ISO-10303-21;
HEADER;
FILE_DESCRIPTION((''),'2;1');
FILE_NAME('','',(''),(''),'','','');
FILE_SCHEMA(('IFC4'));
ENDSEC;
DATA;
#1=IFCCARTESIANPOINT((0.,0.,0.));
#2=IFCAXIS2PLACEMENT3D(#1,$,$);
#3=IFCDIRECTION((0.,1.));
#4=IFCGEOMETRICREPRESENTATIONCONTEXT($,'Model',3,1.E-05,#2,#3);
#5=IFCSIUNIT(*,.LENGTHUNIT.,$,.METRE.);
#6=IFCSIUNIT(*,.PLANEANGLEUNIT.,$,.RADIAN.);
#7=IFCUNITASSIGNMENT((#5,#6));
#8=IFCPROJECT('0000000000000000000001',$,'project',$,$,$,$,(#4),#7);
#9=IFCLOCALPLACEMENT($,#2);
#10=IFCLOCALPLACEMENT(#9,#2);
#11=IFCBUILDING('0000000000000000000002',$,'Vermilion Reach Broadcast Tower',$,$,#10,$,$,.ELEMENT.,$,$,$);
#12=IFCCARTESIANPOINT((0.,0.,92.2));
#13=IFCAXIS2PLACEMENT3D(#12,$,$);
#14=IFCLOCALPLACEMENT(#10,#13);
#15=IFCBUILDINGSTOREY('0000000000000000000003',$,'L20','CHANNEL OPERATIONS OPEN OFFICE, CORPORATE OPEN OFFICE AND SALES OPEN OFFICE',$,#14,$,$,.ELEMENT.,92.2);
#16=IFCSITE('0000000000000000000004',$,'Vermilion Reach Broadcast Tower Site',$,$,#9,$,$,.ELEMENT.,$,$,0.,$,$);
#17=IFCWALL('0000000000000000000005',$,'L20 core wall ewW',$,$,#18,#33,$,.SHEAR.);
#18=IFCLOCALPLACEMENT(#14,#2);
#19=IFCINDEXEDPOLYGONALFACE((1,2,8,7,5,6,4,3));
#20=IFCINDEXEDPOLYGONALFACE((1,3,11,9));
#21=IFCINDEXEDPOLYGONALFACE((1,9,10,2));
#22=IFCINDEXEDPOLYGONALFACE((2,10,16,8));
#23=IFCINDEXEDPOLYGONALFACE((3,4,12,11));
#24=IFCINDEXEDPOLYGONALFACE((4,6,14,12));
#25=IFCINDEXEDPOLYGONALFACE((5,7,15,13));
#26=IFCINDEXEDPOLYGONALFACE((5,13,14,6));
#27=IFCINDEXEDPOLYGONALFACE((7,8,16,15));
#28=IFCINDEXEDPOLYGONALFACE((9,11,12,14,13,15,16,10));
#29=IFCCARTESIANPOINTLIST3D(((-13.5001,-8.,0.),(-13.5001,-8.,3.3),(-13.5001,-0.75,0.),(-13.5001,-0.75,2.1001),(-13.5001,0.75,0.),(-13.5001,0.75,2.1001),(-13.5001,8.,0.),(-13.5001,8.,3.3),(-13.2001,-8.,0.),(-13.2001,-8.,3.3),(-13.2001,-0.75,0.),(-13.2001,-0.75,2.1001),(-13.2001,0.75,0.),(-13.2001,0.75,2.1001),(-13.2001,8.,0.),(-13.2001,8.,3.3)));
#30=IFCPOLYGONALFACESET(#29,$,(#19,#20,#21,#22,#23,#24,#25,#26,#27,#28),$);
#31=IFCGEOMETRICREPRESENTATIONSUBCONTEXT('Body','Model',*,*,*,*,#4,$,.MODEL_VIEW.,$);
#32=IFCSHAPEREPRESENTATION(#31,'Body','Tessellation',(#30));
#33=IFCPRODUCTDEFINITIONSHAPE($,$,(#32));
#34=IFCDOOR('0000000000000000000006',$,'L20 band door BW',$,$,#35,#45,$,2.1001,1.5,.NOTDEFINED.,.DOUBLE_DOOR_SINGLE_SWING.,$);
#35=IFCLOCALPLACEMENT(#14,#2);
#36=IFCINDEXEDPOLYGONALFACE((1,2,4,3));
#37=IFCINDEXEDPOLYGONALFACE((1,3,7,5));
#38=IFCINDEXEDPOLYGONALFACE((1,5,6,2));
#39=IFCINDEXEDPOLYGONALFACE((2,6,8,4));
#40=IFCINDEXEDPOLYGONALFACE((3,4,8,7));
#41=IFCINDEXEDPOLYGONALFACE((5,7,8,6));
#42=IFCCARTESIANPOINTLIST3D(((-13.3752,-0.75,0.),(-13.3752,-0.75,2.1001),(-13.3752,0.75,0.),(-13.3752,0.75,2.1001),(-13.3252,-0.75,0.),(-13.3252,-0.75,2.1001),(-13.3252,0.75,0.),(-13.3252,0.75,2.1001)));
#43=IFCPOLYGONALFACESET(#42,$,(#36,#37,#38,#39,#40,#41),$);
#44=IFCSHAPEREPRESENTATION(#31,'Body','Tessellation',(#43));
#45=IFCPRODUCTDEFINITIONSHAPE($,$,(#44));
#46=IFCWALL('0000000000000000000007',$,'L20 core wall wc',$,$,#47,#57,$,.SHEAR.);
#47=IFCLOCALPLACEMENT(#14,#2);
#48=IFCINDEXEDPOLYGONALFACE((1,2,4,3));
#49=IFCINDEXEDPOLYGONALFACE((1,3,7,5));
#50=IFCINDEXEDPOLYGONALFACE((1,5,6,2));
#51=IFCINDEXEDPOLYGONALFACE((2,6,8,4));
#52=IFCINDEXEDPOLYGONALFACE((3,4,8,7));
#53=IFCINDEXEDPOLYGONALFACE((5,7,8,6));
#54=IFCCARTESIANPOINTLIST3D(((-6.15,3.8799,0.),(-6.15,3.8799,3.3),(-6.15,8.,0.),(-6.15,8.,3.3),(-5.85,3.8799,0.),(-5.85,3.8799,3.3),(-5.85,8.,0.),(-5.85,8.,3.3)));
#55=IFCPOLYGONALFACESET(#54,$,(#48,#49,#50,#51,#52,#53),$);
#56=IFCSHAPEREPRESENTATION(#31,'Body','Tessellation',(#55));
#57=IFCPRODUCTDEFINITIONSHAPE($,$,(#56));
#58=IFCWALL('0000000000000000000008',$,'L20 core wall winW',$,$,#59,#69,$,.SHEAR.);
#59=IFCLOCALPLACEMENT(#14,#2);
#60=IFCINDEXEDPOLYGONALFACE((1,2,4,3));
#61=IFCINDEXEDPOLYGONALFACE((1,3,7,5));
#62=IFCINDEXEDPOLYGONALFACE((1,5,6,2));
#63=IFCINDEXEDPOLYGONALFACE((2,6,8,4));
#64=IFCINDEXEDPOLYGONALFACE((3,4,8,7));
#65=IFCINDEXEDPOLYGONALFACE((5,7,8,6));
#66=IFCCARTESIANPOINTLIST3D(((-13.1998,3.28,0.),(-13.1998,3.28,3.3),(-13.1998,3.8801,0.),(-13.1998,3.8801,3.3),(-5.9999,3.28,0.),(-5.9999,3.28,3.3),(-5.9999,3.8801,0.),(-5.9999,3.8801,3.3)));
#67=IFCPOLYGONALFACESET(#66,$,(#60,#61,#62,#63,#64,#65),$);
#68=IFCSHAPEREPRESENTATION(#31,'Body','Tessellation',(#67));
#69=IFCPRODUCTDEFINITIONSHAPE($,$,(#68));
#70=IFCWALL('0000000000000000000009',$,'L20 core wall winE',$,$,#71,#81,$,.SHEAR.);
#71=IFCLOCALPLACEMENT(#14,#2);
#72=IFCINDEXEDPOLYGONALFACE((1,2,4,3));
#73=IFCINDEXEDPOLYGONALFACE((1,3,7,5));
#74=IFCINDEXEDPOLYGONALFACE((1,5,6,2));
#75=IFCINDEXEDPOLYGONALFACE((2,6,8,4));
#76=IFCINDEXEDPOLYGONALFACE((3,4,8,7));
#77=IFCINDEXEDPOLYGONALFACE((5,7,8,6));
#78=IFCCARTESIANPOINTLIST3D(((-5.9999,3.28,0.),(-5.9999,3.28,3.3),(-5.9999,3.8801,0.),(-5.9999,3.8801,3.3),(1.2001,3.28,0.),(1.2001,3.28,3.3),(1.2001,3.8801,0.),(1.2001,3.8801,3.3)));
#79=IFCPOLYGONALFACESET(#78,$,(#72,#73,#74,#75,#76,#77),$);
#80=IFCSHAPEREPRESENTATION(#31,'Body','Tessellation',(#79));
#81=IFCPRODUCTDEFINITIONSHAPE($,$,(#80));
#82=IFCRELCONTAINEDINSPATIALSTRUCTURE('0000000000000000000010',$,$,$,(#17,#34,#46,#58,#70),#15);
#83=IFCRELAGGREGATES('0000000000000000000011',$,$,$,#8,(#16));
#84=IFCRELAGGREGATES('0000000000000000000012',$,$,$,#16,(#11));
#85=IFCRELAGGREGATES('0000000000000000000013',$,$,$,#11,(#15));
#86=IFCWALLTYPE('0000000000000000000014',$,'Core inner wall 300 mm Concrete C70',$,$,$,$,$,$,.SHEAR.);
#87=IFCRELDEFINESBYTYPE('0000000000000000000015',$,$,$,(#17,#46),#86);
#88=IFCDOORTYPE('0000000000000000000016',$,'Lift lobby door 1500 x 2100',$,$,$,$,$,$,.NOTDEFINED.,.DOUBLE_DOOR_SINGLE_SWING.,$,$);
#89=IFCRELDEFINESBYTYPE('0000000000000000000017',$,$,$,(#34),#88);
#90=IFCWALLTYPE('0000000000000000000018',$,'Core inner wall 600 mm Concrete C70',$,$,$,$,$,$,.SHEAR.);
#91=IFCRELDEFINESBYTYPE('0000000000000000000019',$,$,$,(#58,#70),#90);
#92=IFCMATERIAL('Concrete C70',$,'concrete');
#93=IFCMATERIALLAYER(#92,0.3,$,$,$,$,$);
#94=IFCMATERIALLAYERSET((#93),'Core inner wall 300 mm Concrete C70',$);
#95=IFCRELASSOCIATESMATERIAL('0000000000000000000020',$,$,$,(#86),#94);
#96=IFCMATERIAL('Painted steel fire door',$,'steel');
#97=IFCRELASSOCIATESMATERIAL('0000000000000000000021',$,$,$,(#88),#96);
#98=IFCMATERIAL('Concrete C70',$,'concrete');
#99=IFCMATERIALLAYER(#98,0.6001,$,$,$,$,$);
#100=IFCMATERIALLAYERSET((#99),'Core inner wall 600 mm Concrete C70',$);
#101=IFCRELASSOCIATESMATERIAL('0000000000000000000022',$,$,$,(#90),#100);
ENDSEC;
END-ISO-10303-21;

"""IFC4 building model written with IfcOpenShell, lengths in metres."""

from ifc_helpers import new_model, si_unit, direction, frame, frame_2d, origin, place, context, subcontext, project, spatial, rectangle, extrude, material, layer, layer_set, type_object, element, fill, save


model = new_model("IFC4")

# Units and contexts
model_context = context("Model", 3, precision=1e-05, world=origin(), true_north=direction((0.0, 1.0)))
body_context = subcontext(model_context, "Body", "Model", "MODEL_VIEW")
ifc_project = project(units=[si_unit("LENGTHUNIT", "METRE"), si_unit("PLANEANGLEUNIT", "RADIAN")], contexts=[model_context])

# Site, building, storey
site_placement = place(None, origin())
site = spatial("IfcSite", under=ifc_project, at=site_placement, Name="Vermilion Reach Broadcast Tower Site", CompositionType="ELEMENT", RefElevation=0.0)
building_placement = place(site_placement, origin())
building = spatial("IfcBuilding", under=site, at=building_placement, Name="Vermilion Reach Broadcast Tower", CompositionType="ELEMENT")
storey_placement = place(building_placement, frame((0.0, 0.0, 92.2)))
storey = spatial("IfcBuildingStorey", under=building, at=storey_placement, Name="L20", Description="CHANNEL OPERATIONS OPEN OFFICE, CORPORATE OPEN OFFICE AND SALES OPEN OFFICE", CompositionType="ELEMENT", Elevation=92.2)

# Wall, opening, door
ifc_material_1 = material(Name="Concrete C70", Category="concrete")
ifc_layer_1 = layer(ifc_material_1, 0.3)
ifc_layer_set_1 = layer_set([ifc_layer_1], Name="Core inner wall 300 mm Concrete C70")
wall_type_1 = type_object("IfcWallType", Name="Core inner wall 300 mm Concrete C70", PredefinedType="SHEAR", material=ifc_layer_set_1)
wall_1_placement = place(storey_placement, frame((-13.3501, 8.0, 0.0), z_axis=(0.0, 0.0, 1.0), x_axis=(0.0, -1.0, 0.0)))
wall_1 = element("IfcWall", 1, at=wall_1_placement, inside=storey, type_object=wall_type_1, Name="L20 core wall ewW", PredefinedType="SHEAR", context=body_context, shape_type="SweptSolid", body=[
    extrude(rectangle(XDim=16.0, YDim=0.3, at=frame_2d((8.0, 0.0))), origin(), (0.0, 0.0, 1.0), 3.3),
])
opening_1_placement = place(wall_1_placement, frame((7.25, 0.0, 0.0)))
opening_1 = element("IfcOpeningElement", 2, at=opening_1_placement, cuts=wall_1, PredefinedType="OPENING", context=body_context, shape_type="SweptSolid", body=[
    extrude(rectangle(XDim=1.5, YDim=2.1001, at=frame_2d((0.75, 1.05))), frame((0.0, 0.1599, 0.0), z_axis=(0.0, -1.0, 0.0), x_axis=(1.0, 0.0, 0.0)), (0.0, 0.0, 1.0), 0.3201),
])
ifc_material_2 = material(Name="Painted steel fire door", Category="steel")
door_type_1 = type_object("IfcDoorType", Name="Lift lobby door 1500 x 2100", OperationType="DOUBLE_DOOR_SINGLE_SWING", PredefinedType="NOTDEFINED", material=ifc_material_2)
door_1_placement = place(opening_1_placement, origin())
door_1 = element("IfcDoor", 3, at=door_1_placement, inside=storey, type_object=door_type_1, Name="L20 band door BW", OperationType="DOUBLE_DOOR_SINGLE_SWING", OverallHeight=2.1001, OverallWidth=1.5, PredefinedType="NOTDEFINED", context=body_context, shape_type="SweptSolid", body=[
    extrude(rectangle(XDim=1.5, YDim=2.1001, at=frame_2d((0.75, 1.05))), frame((0.0, 0.0249, 0.0), z_axis=(0.0, -1.0, 0.0), x_axis=(1.0, 0.0, 0.0)), (0.0, 0.0, 1.0), 0.05),
])
fill(opening_1, door_1)

# Walls
wall_2_placement = place(storey_placement, frame((-6.0, 3.8799, 0.0), z_axis=(0.0, 0.0, 1.0), x_axis=(0.0, 1.0, 0.0)))
element("IfcWall", 4, at=wall_2_placement, inside=storey, type_object=wall_type_1, Name="L20 core wall wc", PredefinedType="SHEAR", context=body_context, shape_type="SweptSolid", body=[
    extrude(rectangle(XDim=4.1201, YDim=0.3, at=frame_2d((2.0601, 0.0))), origin(), (0.0, 0.0, 1.0), 3.3),
])
ifc_material_3 = material(Name="Concrete C70", Category="concrete")
ifc_layer_2 = layer(ifc_material_3, 0.6001)
ifc_layer_set_2 = layer_set([ifc_layer_2], Name="Core inner wall 600 mm Concrete C70")
wall_type_2 = type_object("IfcWallType", Name="Core inner wall 600 mm Concrete C70", PredefinedType="SHEAR", material=ifc_layer_set_2)
for number, where, z_axis, x_axis, name in (
    (5, (-13.2, 3.5801, 0.0), (0.0, 0.0, 1.0), (1.0, 0.0, 0.0), "L20 core wall winW"),
    (6, (-6.0, 3.5801, 0.0), (0.0, 0.0, 1.0), (1.0, 0.0, 0.0), "L20 core wall winE"),
):
    element("IfcWall", number, at=place(storey_placement, frame(where, z_axis=z_axis, x_axis=x_axis)), inside=storey, type_object=wall_type_2, Name=name, PredefinedType="SHEAR", context=body_context, shape_type="SweptSolid", body=[
        extrude(rectangle(XDim=7.2, YDim=0.6001, at=frame_2d((3.6001, 0.0))), origin(), (0.0, 0.0, 1.0), 3.3),
    ])

save(model, "model.ifc")
